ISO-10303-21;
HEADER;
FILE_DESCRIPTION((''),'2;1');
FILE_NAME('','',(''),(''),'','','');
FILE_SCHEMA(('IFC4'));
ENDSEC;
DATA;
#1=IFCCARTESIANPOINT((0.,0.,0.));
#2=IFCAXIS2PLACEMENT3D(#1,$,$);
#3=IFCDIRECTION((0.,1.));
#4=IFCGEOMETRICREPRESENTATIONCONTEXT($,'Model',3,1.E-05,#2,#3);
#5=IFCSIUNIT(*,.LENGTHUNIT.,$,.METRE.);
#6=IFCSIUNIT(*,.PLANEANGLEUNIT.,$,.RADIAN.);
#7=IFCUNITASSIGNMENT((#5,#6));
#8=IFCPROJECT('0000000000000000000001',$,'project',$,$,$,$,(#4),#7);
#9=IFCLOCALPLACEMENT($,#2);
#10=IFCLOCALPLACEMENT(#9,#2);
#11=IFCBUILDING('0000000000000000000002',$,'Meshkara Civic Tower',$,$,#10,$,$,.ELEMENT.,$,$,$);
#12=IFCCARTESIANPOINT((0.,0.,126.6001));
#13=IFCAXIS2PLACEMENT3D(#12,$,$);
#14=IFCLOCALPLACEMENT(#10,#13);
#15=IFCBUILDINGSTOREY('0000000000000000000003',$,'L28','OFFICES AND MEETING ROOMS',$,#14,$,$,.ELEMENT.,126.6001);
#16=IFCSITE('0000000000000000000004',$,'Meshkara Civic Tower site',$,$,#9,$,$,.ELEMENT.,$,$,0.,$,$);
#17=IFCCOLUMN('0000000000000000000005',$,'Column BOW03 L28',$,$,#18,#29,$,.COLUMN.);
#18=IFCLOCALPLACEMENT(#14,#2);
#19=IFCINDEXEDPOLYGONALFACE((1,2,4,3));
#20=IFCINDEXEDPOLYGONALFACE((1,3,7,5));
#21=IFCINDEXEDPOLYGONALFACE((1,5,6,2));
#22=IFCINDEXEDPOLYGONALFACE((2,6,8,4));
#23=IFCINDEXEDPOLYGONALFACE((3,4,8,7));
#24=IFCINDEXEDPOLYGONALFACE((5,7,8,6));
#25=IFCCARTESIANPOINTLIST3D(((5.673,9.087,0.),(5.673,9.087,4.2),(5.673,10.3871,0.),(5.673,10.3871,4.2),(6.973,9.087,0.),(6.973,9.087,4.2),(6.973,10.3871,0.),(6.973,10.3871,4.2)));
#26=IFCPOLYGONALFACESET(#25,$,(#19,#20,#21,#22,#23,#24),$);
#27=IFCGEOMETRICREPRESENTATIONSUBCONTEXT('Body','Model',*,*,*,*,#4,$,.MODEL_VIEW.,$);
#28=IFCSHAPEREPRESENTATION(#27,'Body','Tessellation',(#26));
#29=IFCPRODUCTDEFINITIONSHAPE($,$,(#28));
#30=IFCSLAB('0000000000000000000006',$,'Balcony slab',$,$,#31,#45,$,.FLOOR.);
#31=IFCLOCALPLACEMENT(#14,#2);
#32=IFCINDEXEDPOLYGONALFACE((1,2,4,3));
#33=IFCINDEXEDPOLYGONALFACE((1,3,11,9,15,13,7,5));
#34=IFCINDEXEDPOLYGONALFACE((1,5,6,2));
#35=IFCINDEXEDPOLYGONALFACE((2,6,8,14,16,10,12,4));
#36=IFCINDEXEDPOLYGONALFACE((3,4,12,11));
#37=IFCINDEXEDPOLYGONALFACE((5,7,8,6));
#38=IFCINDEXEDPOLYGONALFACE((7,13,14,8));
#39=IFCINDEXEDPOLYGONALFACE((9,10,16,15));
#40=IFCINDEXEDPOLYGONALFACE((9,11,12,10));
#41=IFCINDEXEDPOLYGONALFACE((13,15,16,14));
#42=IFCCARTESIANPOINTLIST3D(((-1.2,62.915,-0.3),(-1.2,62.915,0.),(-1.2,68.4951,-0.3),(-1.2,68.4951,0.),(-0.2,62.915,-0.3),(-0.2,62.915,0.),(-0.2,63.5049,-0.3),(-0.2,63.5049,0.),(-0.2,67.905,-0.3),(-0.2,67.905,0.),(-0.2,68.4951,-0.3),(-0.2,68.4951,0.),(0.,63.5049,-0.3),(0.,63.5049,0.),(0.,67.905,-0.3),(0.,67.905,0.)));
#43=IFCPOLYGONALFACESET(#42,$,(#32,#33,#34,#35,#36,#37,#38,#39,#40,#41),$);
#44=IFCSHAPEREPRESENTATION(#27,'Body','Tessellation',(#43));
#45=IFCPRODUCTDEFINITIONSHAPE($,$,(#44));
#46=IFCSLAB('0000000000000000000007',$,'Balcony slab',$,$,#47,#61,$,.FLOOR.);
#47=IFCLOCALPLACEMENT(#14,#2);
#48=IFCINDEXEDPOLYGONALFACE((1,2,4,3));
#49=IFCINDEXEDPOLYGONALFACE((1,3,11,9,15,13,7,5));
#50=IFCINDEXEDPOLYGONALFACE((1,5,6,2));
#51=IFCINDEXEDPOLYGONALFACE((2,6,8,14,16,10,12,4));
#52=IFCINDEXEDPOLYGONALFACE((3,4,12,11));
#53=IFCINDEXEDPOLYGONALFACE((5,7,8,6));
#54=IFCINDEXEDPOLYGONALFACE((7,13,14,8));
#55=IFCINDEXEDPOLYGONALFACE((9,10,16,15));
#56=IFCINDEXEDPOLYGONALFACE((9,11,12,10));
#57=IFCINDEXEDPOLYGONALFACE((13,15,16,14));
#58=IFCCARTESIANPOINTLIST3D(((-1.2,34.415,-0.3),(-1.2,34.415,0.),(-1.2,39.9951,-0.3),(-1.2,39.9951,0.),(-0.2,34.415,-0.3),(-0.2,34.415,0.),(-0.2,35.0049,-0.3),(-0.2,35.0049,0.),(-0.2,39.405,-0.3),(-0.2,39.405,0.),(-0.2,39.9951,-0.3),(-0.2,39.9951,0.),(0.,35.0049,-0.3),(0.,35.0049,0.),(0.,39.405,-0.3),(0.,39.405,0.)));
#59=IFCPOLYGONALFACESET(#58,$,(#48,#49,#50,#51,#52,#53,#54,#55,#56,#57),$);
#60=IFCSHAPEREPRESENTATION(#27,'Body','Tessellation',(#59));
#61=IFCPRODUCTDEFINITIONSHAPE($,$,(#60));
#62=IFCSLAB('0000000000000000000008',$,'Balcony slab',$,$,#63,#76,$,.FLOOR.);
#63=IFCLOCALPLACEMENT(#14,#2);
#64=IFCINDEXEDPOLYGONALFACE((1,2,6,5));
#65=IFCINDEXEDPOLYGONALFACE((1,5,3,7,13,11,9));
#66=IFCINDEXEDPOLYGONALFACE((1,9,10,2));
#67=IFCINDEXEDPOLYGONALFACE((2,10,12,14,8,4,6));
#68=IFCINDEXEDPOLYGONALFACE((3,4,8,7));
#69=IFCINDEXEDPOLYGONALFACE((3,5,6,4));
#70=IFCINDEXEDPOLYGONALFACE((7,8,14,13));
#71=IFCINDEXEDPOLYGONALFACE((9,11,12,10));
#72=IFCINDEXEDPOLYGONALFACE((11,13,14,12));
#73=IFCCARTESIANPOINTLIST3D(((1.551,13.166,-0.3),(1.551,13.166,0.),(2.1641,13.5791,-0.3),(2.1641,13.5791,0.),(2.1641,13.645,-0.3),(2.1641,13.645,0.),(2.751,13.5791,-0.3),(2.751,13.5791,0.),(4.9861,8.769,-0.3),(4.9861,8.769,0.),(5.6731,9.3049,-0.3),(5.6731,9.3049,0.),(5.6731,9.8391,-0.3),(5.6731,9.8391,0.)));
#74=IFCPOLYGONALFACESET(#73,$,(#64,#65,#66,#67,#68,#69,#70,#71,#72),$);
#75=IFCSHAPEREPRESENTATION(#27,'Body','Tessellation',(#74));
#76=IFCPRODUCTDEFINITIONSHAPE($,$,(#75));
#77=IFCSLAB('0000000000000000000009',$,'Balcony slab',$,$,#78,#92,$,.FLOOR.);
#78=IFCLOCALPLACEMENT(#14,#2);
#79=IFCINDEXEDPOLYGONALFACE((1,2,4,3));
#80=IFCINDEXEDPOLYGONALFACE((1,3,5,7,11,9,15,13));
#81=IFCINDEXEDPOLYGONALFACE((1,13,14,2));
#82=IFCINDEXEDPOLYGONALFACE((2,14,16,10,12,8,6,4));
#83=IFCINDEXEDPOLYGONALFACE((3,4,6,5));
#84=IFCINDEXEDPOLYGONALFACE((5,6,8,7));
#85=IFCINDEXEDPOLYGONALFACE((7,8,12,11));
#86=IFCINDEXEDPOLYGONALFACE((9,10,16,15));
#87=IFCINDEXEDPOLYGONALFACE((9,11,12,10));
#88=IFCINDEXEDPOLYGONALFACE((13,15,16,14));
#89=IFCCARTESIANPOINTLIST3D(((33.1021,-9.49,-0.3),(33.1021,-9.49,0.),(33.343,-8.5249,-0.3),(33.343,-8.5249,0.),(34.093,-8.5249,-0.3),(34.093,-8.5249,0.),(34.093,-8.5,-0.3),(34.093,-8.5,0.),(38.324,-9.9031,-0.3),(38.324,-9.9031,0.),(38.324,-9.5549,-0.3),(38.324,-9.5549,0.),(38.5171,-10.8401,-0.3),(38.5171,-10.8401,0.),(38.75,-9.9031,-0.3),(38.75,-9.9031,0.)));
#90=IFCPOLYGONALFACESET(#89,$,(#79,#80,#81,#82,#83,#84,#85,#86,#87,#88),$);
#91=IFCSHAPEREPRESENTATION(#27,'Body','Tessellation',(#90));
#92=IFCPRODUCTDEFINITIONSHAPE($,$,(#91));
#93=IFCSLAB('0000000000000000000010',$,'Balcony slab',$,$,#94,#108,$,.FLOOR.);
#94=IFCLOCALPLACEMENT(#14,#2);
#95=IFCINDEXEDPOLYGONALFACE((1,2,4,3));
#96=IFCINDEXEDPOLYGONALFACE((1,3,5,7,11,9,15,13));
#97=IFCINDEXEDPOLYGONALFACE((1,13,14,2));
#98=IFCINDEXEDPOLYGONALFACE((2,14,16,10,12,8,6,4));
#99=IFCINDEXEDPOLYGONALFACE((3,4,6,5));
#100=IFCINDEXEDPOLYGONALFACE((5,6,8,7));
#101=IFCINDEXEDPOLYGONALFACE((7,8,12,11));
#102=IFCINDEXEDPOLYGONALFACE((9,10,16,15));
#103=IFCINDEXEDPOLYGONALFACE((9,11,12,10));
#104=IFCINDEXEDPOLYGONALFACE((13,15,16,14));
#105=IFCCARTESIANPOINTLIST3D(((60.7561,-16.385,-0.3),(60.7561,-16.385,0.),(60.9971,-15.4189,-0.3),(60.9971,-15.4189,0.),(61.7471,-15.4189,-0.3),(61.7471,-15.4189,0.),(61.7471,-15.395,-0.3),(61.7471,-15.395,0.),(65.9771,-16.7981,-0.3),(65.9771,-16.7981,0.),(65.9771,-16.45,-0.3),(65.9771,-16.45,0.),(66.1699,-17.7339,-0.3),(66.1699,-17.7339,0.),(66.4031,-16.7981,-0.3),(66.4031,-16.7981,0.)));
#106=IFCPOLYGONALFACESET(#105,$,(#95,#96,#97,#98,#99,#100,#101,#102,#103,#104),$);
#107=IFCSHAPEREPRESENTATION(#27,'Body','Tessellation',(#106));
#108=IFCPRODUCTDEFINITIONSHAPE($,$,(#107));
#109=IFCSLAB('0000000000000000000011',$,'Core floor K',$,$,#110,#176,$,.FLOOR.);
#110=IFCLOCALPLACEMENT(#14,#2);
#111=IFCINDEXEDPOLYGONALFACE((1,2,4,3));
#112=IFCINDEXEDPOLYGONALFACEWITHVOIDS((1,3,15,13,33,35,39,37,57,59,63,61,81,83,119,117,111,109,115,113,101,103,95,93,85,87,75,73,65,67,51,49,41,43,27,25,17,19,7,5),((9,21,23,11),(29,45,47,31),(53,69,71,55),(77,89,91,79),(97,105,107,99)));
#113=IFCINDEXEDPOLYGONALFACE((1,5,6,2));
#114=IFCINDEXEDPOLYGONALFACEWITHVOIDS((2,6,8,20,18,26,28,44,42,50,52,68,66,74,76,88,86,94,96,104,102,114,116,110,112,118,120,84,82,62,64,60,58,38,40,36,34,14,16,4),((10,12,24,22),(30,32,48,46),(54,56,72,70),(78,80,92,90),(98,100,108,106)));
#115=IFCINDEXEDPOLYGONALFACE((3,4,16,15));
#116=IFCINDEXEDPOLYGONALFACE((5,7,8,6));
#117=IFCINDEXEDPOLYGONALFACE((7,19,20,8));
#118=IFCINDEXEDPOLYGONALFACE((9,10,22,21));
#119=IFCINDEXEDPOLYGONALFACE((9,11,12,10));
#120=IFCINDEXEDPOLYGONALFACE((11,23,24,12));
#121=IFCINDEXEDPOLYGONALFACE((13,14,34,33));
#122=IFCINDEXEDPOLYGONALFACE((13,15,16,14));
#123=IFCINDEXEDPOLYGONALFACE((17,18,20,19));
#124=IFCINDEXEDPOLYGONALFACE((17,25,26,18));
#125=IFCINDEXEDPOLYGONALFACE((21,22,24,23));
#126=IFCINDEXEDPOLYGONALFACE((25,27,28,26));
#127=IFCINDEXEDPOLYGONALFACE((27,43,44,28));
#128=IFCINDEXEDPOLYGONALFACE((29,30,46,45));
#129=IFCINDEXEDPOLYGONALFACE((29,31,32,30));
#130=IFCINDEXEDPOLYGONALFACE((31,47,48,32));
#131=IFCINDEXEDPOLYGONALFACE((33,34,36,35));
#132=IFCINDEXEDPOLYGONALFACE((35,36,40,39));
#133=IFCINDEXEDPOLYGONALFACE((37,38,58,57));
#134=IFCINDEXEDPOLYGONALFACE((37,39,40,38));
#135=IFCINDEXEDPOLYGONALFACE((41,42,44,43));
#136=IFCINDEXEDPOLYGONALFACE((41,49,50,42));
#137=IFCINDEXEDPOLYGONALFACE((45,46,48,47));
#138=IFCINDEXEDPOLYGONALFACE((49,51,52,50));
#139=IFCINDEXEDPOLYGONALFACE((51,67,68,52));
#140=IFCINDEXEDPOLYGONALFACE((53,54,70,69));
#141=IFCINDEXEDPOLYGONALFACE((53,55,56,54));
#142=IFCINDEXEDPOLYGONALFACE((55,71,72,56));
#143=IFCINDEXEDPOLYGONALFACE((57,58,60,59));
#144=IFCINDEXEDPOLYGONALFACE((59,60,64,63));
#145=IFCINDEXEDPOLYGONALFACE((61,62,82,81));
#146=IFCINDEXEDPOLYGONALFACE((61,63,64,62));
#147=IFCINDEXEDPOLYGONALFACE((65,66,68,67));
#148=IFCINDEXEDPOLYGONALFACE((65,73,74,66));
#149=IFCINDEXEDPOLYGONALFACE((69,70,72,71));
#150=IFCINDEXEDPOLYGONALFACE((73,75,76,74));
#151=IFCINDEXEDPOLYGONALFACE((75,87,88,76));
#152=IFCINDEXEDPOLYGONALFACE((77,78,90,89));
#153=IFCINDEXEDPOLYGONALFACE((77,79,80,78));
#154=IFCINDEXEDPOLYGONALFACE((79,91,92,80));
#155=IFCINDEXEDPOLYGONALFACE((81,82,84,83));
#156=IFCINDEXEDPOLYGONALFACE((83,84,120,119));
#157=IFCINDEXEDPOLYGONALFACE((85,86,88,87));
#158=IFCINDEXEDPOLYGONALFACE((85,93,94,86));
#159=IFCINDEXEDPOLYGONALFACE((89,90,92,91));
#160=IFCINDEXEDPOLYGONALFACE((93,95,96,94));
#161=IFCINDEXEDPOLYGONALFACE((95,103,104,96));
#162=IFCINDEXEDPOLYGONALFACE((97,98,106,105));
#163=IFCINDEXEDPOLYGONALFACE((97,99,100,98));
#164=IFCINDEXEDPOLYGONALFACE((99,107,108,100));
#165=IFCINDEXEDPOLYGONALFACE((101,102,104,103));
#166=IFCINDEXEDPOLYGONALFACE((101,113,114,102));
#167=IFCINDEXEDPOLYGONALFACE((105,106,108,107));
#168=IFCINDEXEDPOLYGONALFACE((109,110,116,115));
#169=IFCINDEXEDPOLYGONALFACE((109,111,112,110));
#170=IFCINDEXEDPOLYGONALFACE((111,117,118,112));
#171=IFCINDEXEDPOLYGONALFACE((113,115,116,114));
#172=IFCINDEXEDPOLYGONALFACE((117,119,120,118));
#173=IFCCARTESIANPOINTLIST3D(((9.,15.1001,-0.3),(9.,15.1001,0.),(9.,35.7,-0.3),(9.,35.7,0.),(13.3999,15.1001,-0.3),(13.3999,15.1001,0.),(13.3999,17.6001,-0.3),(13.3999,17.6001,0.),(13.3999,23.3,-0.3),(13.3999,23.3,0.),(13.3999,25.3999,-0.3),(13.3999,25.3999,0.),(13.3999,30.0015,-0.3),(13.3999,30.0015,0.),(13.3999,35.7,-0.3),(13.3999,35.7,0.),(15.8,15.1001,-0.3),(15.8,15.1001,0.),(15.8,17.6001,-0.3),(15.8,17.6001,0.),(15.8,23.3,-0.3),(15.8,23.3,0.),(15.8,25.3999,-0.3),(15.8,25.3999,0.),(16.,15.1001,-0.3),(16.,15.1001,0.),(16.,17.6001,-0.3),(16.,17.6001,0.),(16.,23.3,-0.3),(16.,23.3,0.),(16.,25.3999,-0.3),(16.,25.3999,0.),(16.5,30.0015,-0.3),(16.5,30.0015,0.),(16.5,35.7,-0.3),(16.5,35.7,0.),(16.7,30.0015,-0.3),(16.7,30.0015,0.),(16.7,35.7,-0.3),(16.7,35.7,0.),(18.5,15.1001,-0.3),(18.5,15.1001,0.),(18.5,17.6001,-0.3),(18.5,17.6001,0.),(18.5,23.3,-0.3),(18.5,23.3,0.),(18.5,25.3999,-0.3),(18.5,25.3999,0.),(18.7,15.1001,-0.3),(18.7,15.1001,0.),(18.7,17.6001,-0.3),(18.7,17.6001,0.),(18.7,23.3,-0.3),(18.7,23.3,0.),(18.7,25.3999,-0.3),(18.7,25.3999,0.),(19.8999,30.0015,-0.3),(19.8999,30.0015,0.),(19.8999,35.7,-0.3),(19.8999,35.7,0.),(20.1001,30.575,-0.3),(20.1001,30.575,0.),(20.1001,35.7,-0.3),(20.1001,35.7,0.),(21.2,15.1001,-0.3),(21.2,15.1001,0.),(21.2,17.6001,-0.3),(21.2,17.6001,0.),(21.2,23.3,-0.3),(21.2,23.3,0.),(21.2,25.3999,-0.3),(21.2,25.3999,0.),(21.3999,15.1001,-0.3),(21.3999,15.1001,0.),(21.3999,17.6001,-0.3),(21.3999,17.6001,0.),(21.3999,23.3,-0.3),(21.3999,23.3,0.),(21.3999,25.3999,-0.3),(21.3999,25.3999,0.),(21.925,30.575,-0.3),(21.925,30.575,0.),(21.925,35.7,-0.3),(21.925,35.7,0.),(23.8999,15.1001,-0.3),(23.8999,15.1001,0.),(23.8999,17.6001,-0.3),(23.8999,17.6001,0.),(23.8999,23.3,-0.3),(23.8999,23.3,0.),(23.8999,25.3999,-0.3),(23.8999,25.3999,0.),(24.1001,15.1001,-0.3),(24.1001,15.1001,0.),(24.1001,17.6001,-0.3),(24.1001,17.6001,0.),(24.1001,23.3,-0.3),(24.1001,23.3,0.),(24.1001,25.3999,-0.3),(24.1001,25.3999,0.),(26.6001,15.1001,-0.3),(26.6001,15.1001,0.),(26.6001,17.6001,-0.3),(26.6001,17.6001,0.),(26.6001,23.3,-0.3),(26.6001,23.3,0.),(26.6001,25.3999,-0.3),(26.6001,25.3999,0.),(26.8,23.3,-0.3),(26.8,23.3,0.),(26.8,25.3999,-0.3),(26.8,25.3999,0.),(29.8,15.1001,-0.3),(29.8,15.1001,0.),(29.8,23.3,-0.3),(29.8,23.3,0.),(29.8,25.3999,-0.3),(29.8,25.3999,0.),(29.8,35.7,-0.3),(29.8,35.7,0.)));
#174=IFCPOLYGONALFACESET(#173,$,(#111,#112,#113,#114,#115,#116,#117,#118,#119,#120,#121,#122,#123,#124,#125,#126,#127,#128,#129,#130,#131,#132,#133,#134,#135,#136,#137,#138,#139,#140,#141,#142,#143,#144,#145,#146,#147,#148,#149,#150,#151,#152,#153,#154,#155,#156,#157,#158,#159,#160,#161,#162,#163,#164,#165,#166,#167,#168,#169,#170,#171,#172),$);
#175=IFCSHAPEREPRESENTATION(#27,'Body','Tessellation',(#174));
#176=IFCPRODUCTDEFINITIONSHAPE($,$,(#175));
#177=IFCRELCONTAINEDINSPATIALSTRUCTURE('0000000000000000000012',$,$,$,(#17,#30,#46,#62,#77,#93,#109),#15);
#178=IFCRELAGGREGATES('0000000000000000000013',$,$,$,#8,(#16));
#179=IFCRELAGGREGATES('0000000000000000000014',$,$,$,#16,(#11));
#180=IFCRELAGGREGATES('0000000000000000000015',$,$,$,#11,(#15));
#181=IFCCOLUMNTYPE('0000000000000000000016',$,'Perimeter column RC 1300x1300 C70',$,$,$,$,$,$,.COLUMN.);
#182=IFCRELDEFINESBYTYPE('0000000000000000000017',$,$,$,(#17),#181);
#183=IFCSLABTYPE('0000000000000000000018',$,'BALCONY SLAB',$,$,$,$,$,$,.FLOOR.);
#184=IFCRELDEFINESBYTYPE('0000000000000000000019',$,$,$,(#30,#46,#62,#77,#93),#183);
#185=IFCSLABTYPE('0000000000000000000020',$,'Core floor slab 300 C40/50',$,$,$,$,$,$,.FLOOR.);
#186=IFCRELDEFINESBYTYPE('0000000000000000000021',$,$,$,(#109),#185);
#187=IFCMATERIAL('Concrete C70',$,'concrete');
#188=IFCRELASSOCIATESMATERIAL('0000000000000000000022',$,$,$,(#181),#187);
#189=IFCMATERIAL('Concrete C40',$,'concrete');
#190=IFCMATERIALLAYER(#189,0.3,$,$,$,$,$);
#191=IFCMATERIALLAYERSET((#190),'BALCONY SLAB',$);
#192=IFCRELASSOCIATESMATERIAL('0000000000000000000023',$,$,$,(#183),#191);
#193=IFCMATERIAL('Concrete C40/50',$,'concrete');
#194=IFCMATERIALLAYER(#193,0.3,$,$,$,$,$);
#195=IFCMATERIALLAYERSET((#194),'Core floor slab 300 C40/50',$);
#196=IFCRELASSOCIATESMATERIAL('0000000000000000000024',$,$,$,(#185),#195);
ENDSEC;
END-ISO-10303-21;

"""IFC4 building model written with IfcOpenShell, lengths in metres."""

from ifc_helpers import new_model, si_unit, direction, frame, origin, origin_2d, place, context, subcontext, project, spatial, polyline, rectangle, outline, extrude, material, layer, layer_set, material_profile, profile_set, type_object, element, save


model = new_model("IFC4")

# Units and contexts
model_context = context("Model", 3, precision=1e-05, world=origin(), true_north=direction((0.0, 1.0)))
body_context = subcontext(model_context, "Body", "Model", "MODEL_VIEW")
ifc_project = project(units=[si_unit("LENGTHUNIT", "METRE"), si_unit("PLANEANGLEUNIT", "RADIAN")], contexts=[model_context])

# Site, building, storey
site_placement = place(None, origin())
site = spatial("IfcSite", under=ifc_project, at=site_placement, Name="Meshkara Civic Tower site", CompositionType="ELEMENT", RefElevation=0.0)
building_placement = place(site_placement, origin())
building = spatial("IfcBuilding", under=site, at=building_placement, Name="Meshkara Civic Tower", CompositionType="ELEMENT")
storey_placement = place(building_placement, frame((0.0, 0.0, 126.6001)))
storey = spatial("IfcBuildingStorey", under=building, at=storey_placement, Name="L28", Description="OFFICES AND MEETING ROOMS", CompositionType="ELEMENT", Elevation=126.6001)

# Column
ifc_material_1 = material(Name="Concrete C70", Category="concrete")
ifc_material_profile = material_profile(ifc_material_1, rectangle(XDim=1.3, YDim=1.3, at=origin_2d()))
ifc_profile_set = profile_set([ifc_material_profile], Name="Concrete C70")
column_type = type_object("IfcColumnType", Name="Perimeter column RC 1300x1300 C70", PredefinedType="COLUMN", material=ifc_profile_set)
column_placement = place(storey_placement, frame((6.323, 9.7371, 0.0), z_axis=(0.0, 0.0, 1.0), x_axis=(1.0, 0.0, 0.0)))
element("IfcColumn", 1, at=column_placement, inside=storey, type_object=column_type, Name="Column BOW03 L28", PredefinedType="COLUMN", context=body_context, shape_type="SweptSolid", body=[
    extrude(rectangle(XDim=1.3, YDim=1.3, at=origin_2d()), origin(), (0.0, 0.0, 1.0), 4.2),
])

# Slabs
ifc_material_2 = material(Name="Concrete C40", Category="concrete")
ifc_layer_1 = layer(ifc_material_2, 0.3)
ifc_layer_set_1 = layer_set([ifc_layer_1], Name="BALCONY SLAB")
slab_type_1 = type_object("IfcSlabType", Name="BALCONY SLAB", PredefinedType="FLOOR", material=ifc_layer_set_1)
slab_1_placement = place(storey_placement, frame((0.0, 0.0, -0.3)))
element("IfcSlab", 2, at=slab_1_placement, inside=storey, type_object=slab_type_1, Name="Balcony slab", PredefinedType="FLOOR", context=body_context, shape_type="SweptSolid", body=[
    extrude(outline(polyline([(-1.2, 62.915), (-1.2, 68.4951), (-0.2, 68.4951), (-0.2, 67.905), (0.0, 67.905), (0.0, 63.5049), (-0.2, 63.5049), (-0.2, 62.915), (-1.2, 62.915)])), origin(), (0.0, 0.0, 1.0), 0.3),
])
slab_2_placement = place(storey_placement, frame((0.0, 0.0, -0.3)))
element("IfcSlab", 3, at=slab_2_placement, inside=storey, type_object=slab_type_1, Name="Balcony slab", PredefinedType="FLOOR", context=body_context, shape_type="SweptSolid", body=[
    extrude(outline(polyline([(-1.2, 34.415), (-1.2, 39.9951), (-0.2, 39.9951), (-0.2, 39.405), (0.0, 39.405), (0.0, 35.0049), (-0.2, 35.0049), (-0.2, 34.415), (-1.2, 34.415)])), origin(), (0.0, 0.0, 1.0), 0.3),
])
slab_3_placement = place(storey_placement, frame((0.0, 0.0, -0.3)))
element("IfcSlab", 4, at=slab_3_placement, inside=storey, type_object=slab_type_1, Name="Balcony slab", PredefinedType="FLOOR", context=body_context, shape_type="SweptSolid", body=[
    extrude(outline(polyline([(4.9861, 8.769), (1.551, 13.166), (2.1641, 13.645), (2.1641, 13.5791), (2.751, 13.5791), (5.6731, 9.8391), (5.6731, 9.3049), (4.9861, 8.769)])), origin(), (0.0, 0.0, 1.0), 0.3),
])
slab_4_placement = place(storey_placement, frame((0.0, 0.0, -0.3)))
element("IfcSlab", 5, at=slab_4_placement, inside=storey, type_object=slab_type_1, Name="Balcony slab", PredefinedType="FLOOR", context=body_context, shape_type="SweptSolid", body=[
    extrude(outline(polyline([(38.5171, -10.8401), (33.1021, -9.49), (33.343, -8.5249), (34.093, -8.5249), (34.093, -8.5), (38.324, -9.5549), (38.324, -9.9031), (38.75, -9.9031), (38.5171, -10.8401)])), origin(), (0.0, 0.0, 1.0), 0.3),
])
slab_5_placement = place(storey_placement, frame((0.0, 0.0, -0.3)))
element("IfcSlab", 6, at=slab_5_placement, inside=storey, type_object=slab_type_1, Name="Balcony slab", PredefinedType="FLOOR", context=body_context, shape_type="SweptSolid", body=[
    extrude(outline(polyline([(66.1699, -17.7339), (60.7561, -16.385), (60.9971, -15.4189), (61.7471, -15.4189), (61.7471, -15.395), (65.9771, -16.45), (65.9771, -16.7981), (66.4031, -16.7981), (66.1699, -17.7339)])), origin(), (0.0, 0.0, 1.0), 0.3),
])
ifc_material_3 = material(Name="Concrete C40/50", Category="concrete")
ifc_layer_2 = layer(ifc_material_3, 0.3)
ifc_layer_set_2 = layer_set([ifc_layer_2], Name="Core floor slab 300 C40/50")
slab_type_2 = type_object("IfcSlabType", Name="Core floor slab 300 C40/50", PredefinedType="FLOOR", material=ifc_layer_set_2)
slab_6_placement = place(storey_placement, frame((0.0, 0.0, -0.3)))
element("IfcSlab", 7, at=slab_6_placement, inside=storey, type_object=slab_type_2, Name="Core floor K", PredefinedType="FLOOR", context=body_context, shape_type="SweptSolid", body=[
    extrude(outline(polyline([(9.0, 35.7), (13.3999, 35.7), (13.3999, 30.0015), (16.5, 30.0015), (16.5, 35.7), (16.7, 35.7), (16.7, 30.0015), (19.8999, 30.0015), (19.8999, 35.7), (20.1001, 35.7), (20.1001, 30.575), (21.925, 30.575), (21.925, 35.7), (29.8, 35.7), (29.8, 25.3999), (26.8, 25.3999), (26.8, 23.3), (29.8, 23.3), (29.8, 15.1001), (26.6001, 15.1001), (26.6001, 17.6001), (24.1001, 17.6001), (24.1001, 15.1001), (23.8999, 15.1001), (23.8999, 17.6001), (21.3999, 17.6001), (21.3999, 15.1001), (21.2, 15.1001), (21.2, 17.6001), (18.7, 17.6001), (18.7, 15.1001), (18.5, 15.1001), (18.5, 17.6001), (16.0, 17.6001), (16.0, 15.1001), (15.8, 15.1001), (15.8, 17.6001), (13.3999, 17.6001), (13.3999, 15.1001), (9.0, 15.1001), (9.0, 35.7)]), holes=[polyline([(13.3999, 25.3999), (13.3999, 23.3), (15.8, 23.3), (15.8, 25.3999), (13.3999, 25.3999)]), polyline([(18.5, 23.3), (18.5, 25.3999), (16.0, 25.3999), (16.0, 23.3), (18.5, 23.3)]), polyline([(18.7, 25.3999), (18.7, 23.3), (21.2, 23.3), (21.2, 25.3999), (18.7, 25.3999)]), polyline([(23.8999, 23.3), (23.8999, 25.3999), (21.3999, 25.3999), (21.3999, 23.3), (23.8999, 23.3)]), polyline([(26.6001, 23.3), (26.6001, 25.3999), (24.1001, 25.3999), (24.1001, 23.3), (26.6001, 23.3)])]), origin(), (0.0, 0.0, 1.0), 0.3),
])

save(model, "model.ifc")
